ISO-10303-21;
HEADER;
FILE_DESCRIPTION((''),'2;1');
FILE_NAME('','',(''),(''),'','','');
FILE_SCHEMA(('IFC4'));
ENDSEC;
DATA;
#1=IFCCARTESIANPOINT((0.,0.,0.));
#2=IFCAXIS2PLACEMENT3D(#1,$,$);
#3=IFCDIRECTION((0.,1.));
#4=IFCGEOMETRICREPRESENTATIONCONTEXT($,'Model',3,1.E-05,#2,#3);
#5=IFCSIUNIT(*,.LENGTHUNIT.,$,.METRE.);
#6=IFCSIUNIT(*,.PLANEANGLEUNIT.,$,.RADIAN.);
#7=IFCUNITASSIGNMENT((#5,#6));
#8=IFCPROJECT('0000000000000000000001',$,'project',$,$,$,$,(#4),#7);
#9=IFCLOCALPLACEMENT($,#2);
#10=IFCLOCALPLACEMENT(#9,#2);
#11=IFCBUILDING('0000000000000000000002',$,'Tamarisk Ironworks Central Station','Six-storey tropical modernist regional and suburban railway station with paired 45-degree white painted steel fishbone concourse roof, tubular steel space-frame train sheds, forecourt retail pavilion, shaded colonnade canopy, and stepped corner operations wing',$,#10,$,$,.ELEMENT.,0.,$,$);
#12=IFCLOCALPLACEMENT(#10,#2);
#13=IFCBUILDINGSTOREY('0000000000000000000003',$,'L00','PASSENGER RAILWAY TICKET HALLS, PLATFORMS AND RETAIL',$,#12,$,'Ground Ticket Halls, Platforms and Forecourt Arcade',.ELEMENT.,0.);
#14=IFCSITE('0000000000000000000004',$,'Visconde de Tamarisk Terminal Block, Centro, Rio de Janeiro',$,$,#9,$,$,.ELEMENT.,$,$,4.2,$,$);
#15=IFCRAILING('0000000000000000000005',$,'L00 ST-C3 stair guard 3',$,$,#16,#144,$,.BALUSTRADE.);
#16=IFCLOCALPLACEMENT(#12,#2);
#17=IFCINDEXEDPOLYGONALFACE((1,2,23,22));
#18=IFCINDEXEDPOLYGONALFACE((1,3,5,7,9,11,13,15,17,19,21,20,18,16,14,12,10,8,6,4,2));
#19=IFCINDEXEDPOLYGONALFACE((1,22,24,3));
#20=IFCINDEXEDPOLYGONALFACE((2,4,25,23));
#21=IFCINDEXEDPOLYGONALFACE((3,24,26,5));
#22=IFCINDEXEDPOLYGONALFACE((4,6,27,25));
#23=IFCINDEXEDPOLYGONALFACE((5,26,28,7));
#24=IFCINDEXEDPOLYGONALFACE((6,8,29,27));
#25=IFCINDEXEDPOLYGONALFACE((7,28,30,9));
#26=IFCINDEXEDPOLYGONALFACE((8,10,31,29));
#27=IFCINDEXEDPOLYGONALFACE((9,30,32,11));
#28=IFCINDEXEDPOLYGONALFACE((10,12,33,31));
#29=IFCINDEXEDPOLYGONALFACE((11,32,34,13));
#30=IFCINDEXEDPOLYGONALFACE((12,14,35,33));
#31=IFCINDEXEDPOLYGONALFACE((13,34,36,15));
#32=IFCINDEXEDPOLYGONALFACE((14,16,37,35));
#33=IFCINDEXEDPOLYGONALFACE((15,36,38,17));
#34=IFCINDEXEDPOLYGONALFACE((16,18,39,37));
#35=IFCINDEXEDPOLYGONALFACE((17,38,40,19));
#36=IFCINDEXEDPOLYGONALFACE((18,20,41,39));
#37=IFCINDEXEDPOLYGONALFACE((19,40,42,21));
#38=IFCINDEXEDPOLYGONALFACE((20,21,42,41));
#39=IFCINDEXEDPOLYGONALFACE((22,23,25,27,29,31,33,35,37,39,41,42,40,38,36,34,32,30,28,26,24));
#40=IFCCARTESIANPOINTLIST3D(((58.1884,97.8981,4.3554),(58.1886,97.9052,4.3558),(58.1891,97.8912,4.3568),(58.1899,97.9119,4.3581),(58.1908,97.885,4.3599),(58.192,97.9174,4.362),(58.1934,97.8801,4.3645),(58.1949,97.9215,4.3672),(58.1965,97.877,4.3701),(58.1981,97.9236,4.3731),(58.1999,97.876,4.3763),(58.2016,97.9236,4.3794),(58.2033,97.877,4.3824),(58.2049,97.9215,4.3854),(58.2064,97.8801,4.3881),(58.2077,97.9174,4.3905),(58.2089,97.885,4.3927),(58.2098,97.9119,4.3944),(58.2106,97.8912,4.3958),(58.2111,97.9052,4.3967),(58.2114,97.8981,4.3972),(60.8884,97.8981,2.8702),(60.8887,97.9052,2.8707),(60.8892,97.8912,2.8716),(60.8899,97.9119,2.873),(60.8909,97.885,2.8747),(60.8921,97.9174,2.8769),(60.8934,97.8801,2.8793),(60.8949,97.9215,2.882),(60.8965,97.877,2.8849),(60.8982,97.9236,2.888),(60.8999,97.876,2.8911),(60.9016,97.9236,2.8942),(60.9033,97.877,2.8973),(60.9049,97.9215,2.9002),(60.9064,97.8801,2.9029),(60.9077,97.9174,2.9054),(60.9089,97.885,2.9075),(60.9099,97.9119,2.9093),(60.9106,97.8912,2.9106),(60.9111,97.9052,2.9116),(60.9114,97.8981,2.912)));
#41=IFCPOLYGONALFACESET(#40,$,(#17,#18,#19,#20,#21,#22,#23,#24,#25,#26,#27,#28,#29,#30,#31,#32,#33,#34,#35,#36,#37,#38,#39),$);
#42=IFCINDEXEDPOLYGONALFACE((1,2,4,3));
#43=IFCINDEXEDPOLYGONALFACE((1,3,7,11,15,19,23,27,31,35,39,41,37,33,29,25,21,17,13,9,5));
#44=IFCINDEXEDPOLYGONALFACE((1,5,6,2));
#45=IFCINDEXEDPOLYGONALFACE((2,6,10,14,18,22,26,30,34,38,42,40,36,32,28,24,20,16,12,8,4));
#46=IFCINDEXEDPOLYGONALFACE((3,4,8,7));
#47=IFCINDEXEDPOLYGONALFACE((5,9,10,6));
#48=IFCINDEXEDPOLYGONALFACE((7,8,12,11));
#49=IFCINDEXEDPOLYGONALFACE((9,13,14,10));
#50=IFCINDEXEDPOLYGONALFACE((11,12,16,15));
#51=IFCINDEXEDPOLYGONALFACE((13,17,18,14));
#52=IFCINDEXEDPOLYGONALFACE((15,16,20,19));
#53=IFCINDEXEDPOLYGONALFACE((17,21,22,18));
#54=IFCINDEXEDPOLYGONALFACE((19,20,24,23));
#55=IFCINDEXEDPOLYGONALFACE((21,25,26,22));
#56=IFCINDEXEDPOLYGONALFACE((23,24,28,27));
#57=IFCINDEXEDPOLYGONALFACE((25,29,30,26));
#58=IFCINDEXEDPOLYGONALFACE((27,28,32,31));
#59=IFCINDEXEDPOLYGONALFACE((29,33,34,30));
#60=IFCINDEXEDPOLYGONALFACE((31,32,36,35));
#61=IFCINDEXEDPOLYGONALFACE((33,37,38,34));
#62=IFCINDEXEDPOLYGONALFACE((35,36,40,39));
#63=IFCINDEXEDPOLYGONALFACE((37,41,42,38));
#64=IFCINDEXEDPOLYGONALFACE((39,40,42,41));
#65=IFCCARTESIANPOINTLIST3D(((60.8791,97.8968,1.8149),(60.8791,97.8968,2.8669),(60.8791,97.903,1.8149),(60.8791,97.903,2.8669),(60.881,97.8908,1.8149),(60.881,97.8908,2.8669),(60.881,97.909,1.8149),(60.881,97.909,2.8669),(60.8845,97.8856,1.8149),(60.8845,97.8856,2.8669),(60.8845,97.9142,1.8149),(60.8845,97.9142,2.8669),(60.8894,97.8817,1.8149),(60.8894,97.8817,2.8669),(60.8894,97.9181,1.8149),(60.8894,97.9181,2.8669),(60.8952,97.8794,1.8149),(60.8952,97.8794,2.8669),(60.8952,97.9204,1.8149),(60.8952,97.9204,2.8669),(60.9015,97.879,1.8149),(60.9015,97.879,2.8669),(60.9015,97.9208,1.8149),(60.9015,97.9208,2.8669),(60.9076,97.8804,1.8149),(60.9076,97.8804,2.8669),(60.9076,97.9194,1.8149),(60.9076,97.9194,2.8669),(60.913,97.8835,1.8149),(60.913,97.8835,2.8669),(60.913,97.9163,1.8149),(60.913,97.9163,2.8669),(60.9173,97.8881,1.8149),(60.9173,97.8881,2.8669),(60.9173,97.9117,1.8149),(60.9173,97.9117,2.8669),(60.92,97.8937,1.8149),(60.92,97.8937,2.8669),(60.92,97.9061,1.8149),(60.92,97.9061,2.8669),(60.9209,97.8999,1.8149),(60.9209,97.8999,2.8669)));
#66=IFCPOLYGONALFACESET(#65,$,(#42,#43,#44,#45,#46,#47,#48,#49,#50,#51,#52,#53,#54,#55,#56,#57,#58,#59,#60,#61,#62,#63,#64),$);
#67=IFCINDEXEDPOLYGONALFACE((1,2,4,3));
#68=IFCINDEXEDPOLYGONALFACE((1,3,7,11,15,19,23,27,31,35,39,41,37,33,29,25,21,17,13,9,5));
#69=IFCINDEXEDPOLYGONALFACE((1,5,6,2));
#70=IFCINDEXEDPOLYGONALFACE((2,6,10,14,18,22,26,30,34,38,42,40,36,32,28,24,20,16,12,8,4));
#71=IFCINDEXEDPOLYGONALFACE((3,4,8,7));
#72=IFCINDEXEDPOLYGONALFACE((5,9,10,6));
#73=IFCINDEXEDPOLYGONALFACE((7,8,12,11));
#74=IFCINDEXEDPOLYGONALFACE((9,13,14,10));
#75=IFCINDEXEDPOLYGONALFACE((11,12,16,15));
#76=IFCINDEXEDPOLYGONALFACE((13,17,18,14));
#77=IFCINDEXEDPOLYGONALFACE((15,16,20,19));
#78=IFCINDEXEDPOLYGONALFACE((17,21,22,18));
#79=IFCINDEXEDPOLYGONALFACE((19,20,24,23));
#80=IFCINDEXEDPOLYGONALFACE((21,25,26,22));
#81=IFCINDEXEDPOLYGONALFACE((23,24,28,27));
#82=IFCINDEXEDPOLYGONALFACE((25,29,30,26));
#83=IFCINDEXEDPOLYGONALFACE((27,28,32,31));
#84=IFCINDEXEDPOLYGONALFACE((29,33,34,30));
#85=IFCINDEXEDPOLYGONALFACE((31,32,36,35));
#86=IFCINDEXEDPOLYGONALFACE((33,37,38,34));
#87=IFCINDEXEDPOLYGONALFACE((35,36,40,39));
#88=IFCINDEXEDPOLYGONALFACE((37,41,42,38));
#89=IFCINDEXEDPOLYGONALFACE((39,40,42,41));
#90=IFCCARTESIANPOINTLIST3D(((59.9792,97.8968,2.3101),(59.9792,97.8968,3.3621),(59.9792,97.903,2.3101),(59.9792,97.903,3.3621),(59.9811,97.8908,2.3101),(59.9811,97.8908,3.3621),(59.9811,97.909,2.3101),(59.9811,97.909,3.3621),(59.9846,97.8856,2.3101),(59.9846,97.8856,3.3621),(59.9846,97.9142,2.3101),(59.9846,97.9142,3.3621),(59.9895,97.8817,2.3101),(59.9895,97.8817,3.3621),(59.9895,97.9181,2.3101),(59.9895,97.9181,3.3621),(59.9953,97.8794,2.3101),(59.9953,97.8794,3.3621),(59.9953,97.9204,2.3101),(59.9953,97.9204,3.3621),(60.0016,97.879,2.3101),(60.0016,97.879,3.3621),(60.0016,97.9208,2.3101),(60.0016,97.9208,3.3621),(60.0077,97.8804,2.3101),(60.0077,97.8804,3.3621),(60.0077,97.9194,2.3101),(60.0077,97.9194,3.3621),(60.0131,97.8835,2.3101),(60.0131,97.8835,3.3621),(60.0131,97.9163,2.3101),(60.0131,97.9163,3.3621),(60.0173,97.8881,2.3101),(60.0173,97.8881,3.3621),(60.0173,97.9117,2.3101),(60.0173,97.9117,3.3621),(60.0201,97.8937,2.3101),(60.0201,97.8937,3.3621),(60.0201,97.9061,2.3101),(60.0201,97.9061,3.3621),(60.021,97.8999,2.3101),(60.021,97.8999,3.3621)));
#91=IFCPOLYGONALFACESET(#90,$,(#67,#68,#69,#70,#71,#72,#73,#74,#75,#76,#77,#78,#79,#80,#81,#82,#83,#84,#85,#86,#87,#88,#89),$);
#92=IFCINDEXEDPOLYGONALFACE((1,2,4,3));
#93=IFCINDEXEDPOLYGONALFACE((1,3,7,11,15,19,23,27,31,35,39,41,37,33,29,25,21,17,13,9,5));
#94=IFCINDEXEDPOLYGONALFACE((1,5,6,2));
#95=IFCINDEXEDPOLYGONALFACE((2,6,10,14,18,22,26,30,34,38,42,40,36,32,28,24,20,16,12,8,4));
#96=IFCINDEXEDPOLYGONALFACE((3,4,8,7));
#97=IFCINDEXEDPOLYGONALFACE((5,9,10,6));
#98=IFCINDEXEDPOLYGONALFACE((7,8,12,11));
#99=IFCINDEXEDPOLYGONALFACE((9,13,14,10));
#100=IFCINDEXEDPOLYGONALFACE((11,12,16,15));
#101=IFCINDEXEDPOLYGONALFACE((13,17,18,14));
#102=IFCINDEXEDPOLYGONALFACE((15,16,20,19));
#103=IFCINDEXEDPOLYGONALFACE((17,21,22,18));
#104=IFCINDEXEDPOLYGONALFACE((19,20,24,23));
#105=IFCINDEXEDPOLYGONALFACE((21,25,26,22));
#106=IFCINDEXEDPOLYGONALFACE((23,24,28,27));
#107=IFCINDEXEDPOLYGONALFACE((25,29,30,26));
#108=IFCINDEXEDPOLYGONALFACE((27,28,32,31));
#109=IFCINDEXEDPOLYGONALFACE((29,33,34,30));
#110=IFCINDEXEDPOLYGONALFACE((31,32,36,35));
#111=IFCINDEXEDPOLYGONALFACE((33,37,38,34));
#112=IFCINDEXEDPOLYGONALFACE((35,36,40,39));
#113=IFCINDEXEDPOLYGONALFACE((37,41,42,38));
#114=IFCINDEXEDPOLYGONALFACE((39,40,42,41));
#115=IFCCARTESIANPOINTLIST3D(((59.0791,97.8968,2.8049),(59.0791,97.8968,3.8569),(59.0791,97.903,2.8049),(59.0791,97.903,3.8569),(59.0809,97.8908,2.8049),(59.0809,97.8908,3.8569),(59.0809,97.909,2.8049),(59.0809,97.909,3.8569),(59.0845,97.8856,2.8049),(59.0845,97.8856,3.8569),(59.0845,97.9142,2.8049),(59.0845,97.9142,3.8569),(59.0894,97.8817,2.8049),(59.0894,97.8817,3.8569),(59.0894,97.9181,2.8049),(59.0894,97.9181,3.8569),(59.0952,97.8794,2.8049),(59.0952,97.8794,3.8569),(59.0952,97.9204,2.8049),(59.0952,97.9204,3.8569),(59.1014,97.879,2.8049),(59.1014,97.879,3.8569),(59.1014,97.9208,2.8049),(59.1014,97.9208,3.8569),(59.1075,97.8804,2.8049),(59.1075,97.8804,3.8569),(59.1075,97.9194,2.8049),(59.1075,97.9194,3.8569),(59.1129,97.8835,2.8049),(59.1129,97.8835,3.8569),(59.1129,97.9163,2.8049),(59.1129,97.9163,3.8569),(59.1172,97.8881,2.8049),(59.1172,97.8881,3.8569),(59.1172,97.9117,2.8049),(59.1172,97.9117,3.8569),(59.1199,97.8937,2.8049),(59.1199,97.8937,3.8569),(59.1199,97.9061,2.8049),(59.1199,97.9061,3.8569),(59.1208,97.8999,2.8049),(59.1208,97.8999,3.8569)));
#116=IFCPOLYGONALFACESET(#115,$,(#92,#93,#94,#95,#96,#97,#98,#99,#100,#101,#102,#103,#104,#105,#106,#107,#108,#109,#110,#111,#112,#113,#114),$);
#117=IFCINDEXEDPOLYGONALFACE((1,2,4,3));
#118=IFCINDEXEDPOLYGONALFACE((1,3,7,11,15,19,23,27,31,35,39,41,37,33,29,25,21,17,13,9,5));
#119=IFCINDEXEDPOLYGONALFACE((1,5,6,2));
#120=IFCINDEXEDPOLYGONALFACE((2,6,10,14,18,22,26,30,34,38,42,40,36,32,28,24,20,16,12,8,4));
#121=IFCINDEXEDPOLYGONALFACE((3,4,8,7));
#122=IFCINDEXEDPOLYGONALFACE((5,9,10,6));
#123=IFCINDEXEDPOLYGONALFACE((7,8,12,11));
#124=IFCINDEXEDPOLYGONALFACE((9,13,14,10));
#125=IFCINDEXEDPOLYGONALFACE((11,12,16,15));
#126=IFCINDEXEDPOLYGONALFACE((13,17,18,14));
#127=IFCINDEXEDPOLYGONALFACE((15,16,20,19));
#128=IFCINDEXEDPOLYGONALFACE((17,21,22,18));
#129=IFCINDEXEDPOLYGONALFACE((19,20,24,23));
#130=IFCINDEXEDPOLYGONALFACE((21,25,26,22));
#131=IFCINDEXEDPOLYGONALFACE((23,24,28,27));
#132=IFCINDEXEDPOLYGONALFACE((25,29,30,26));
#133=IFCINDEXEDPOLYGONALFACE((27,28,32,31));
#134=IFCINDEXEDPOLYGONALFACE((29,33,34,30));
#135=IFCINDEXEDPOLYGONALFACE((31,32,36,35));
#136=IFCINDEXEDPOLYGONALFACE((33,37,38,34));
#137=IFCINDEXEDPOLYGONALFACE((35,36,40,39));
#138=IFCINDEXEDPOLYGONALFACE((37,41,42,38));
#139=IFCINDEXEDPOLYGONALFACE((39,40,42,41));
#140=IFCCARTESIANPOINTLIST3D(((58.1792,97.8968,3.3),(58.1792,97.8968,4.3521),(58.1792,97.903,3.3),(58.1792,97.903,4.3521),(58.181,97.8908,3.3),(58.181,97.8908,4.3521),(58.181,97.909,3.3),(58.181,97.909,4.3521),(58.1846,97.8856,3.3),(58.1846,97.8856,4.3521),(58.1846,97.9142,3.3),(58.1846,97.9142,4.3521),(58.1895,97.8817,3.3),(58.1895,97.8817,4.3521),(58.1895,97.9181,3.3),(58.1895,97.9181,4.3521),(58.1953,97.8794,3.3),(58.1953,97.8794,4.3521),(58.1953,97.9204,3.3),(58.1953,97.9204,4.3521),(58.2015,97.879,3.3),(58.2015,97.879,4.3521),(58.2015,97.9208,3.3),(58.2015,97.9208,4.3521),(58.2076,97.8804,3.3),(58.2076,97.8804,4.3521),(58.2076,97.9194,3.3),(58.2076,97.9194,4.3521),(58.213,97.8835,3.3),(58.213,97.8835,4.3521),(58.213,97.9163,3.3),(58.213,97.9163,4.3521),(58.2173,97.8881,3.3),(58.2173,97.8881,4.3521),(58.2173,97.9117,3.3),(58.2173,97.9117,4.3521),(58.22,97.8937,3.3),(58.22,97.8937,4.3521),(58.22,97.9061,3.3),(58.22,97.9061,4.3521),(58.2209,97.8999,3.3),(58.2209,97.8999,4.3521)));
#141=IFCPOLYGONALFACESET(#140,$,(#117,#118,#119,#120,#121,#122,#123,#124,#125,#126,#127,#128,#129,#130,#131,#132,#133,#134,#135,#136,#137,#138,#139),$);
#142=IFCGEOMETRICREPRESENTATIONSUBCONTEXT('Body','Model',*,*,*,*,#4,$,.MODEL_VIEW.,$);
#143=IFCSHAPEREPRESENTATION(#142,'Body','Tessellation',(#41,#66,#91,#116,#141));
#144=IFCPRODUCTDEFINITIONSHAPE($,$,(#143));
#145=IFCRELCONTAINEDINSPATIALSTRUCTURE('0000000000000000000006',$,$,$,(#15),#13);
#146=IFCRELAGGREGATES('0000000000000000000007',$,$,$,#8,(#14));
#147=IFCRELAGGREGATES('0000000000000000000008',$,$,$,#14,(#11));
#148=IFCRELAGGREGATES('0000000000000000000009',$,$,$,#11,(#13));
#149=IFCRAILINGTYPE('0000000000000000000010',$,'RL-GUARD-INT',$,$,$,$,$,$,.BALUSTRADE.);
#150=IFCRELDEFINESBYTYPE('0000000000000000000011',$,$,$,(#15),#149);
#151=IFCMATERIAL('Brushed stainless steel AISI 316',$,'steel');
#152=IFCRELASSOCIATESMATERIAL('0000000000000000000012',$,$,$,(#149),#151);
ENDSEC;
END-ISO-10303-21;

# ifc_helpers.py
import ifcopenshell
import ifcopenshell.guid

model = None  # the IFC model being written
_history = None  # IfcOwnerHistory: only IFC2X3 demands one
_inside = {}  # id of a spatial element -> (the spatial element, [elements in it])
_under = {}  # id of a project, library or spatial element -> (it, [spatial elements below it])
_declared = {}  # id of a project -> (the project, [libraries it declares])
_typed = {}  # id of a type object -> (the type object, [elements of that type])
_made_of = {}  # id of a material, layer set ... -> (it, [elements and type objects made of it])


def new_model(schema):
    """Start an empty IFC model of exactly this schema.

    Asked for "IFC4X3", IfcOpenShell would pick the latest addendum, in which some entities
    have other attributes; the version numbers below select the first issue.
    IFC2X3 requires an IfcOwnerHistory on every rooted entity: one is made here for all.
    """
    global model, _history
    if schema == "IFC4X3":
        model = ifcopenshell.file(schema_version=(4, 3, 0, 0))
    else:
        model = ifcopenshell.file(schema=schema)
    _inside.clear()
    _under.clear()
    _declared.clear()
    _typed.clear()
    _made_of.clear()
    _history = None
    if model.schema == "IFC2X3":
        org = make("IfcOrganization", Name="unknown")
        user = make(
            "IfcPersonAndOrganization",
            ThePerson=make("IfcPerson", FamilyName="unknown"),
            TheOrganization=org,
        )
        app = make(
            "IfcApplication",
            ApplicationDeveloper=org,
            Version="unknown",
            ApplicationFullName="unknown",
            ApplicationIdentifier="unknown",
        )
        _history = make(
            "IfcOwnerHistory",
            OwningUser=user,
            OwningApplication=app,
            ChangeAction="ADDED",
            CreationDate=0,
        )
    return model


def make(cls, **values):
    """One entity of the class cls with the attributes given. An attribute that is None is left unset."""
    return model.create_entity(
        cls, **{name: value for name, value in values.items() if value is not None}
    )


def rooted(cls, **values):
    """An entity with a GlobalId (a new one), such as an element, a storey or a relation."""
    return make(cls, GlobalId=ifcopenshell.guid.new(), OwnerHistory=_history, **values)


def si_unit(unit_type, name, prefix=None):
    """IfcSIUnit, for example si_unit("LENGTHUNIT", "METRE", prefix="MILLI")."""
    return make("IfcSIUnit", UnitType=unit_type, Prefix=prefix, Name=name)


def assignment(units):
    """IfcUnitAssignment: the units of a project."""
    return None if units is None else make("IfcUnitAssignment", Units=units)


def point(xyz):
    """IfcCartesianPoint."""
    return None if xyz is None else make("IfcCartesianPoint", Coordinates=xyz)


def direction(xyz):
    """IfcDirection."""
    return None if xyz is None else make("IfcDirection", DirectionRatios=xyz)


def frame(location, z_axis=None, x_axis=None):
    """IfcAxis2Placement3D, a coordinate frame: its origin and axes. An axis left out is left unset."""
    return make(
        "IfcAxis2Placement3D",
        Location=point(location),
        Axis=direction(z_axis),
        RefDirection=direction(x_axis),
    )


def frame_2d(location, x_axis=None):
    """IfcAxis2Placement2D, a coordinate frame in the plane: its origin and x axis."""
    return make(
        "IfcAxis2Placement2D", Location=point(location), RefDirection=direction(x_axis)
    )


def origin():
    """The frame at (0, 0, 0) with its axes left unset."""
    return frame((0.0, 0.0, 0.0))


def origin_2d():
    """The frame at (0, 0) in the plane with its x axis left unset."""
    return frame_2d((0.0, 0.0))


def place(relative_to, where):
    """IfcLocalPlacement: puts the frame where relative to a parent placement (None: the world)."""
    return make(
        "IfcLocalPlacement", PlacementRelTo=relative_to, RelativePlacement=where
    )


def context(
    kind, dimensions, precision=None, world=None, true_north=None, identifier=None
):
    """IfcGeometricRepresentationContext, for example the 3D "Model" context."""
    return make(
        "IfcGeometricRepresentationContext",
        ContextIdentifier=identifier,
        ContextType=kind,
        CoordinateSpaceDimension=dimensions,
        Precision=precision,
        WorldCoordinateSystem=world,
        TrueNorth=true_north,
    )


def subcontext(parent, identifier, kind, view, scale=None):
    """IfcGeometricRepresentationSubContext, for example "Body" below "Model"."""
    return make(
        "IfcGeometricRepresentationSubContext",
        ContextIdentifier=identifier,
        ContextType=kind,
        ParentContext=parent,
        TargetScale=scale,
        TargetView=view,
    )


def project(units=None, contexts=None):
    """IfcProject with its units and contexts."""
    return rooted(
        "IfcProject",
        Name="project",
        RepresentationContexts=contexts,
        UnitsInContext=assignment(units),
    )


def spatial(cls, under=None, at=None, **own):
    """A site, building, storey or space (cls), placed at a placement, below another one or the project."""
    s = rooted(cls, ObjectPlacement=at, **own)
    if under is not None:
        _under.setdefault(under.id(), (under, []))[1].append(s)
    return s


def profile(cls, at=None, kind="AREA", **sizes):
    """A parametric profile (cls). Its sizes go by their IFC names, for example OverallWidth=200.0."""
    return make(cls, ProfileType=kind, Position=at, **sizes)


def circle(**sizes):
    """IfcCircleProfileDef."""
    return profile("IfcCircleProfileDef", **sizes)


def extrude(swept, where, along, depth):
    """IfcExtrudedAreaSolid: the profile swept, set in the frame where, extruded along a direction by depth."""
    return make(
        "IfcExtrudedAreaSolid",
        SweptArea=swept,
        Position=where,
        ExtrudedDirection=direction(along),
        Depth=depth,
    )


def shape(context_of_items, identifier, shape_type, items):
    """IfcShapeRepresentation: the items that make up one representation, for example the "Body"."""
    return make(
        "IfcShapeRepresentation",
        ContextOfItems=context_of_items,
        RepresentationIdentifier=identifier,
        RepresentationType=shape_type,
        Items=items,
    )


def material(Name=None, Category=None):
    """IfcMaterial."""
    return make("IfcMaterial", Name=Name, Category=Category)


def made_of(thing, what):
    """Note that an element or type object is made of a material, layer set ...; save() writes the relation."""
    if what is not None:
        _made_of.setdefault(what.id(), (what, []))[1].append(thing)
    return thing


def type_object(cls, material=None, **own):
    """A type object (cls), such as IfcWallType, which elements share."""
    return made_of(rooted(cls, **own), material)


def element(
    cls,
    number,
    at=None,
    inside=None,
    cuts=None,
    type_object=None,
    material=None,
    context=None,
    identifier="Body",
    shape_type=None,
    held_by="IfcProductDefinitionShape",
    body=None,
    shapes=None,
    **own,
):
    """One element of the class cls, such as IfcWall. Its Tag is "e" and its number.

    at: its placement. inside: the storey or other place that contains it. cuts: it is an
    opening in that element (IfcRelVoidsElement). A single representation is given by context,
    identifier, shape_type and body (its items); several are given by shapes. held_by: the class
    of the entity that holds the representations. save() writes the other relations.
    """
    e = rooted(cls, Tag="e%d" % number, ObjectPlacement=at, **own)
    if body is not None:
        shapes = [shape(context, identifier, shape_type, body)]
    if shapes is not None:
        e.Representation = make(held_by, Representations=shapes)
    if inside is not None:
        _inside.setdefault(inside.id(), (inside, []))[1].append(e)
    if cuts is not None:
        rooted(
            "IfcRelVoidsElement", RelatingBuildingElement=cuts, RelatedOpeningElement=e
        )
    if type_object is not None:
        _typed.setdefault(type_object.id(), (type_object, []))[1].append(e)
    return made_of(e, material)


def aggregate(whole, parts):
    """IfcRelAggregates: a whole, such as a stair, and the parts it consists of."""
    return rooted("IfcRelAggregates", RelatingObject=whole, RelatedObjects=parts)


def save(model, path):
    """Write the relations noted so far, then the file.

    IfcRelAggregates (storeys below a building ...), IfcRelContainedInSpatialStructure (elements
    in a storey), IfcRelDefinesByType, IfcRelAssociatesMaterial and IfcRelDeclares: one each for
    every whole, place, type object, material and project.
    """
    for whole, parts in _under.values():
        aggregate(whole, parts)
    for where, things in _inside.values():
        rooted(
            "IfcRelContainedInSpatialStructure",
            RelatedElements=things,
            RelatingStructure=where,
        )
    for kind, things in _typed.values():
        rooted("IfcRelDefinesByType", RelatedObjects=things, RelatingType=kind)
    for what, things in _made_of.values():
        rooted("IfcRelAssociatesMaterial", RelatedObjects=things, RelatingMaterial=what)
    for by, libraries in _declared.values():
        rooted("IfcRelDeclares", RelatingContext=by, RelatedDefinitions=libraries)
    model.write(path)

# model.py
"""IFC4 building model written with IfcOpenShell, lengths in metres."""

from ifc_helpers import new_model, si_unit, direction, frame, origin, origin_2d, place, context, subcontext, project, spatial, circle, extrude, material, type_object, element, save


model = new_model("IFC4")

# Units and contexts
model_context = context("Model", 3, precision=1e-05, world=origin(), true_north=direction((0.0, 1.0)))
body_context = subcontext(model_context, "Body", "Model", "MODEL_VIEW")
ifc_project = project(units=[si_unit("LENGTHUNIT", "METRE"), si_unit("PLANEANGLEUNIT", "RADIAN")], contexts=[model_context])

# Site, building, storey
site_placement = place(None, origin())
site = spatial("IfcSite", under=ifc_project, at=site_placement, Name="Visconde de Tamarisk Terminal Block, Centro, Rio de Janeiro", CompositionType="ELEMENT", RefElevation=4.2)
building_placement = place(site_placement, origin())
building = spatial("IfcBuilding", under=site, at=building_placement, Name="Tamarisk Ironworks Central Station", Description="Six-storey tropical modernist regional and suburban railway station with paired 45-degree white painted steel fishbone concourse roof, tubular steel space-frame train sheds, forecourt retail pavilion, shaded colonnade canopy, and stepped corner operations wing", CompositionType="ELEMENT", ElevationOfRefHeight=0.0)
storey_placement = place(building_placement, origin())
storey = spatial("IfcBuildingStorey", under=building, at=storey_placement, Name="L00", Description="PASSENGER RAILWAY TICKET HALLS, PLATFORMS AND RETAIL", LongName="Ground Ticket Halls, Platforms and Forecourt Arcade", CompositionType="ELEMENT", Elevation=0.0)

# Railing
ifc_material_1 = material(Name="Brushed stainless steel AISI 316", Category="steel")
railing_type_1 = type_object("IfcRailingType", Name="RL-GUARD-INT", PredefinedType="BALUSTRADE", material=ifc_material_1)
railing_1_placement = place(storey_placement, frame((60.8999, 97.8999, 1.8149)))
element("IfcRailing", 1, at=railing_1_placement, inside=storey, type_object=railing_type_1, Name="L00 ST-C3 stair guard 3", PredefinedType="BALUSTRADE", context=body_context, shape_type="SweptSolid", body=[
    extrude(circle(Radius=0.0239, at=origin_2d()), frame((0.0, 0.0, 1.0762), z_axis=(-0.876198, 0.0, 0.481952), x_axis=(0.0, -1.0, 0.0)), (0.0, 0.0, 1.0), 3.0815),
    extrude(circle(Radius=0.021, at=origin_2d()), origin(), (0.0, 0.0, 1.0), 1.052),
    extrude(circle(Radius=0.021, at=origin_2d()), frame((-0.8999, 0.0, 0.4951)), (0.0, 0.0, 1.0), 1.052),
    extrude(circle(Radius=0.021, at=origin_2d()), frame((-1.8, 0.0, 0.99)), (0.0, 0.0, 1.0), 1.052),
    extrude(circle(Radius=0.021, at=origin_2d()), frame((-2.7, 0.0, 1.4851)), (0.0, 0.0, 1.0), 1.052),
])

save(model, "model.ifc")
